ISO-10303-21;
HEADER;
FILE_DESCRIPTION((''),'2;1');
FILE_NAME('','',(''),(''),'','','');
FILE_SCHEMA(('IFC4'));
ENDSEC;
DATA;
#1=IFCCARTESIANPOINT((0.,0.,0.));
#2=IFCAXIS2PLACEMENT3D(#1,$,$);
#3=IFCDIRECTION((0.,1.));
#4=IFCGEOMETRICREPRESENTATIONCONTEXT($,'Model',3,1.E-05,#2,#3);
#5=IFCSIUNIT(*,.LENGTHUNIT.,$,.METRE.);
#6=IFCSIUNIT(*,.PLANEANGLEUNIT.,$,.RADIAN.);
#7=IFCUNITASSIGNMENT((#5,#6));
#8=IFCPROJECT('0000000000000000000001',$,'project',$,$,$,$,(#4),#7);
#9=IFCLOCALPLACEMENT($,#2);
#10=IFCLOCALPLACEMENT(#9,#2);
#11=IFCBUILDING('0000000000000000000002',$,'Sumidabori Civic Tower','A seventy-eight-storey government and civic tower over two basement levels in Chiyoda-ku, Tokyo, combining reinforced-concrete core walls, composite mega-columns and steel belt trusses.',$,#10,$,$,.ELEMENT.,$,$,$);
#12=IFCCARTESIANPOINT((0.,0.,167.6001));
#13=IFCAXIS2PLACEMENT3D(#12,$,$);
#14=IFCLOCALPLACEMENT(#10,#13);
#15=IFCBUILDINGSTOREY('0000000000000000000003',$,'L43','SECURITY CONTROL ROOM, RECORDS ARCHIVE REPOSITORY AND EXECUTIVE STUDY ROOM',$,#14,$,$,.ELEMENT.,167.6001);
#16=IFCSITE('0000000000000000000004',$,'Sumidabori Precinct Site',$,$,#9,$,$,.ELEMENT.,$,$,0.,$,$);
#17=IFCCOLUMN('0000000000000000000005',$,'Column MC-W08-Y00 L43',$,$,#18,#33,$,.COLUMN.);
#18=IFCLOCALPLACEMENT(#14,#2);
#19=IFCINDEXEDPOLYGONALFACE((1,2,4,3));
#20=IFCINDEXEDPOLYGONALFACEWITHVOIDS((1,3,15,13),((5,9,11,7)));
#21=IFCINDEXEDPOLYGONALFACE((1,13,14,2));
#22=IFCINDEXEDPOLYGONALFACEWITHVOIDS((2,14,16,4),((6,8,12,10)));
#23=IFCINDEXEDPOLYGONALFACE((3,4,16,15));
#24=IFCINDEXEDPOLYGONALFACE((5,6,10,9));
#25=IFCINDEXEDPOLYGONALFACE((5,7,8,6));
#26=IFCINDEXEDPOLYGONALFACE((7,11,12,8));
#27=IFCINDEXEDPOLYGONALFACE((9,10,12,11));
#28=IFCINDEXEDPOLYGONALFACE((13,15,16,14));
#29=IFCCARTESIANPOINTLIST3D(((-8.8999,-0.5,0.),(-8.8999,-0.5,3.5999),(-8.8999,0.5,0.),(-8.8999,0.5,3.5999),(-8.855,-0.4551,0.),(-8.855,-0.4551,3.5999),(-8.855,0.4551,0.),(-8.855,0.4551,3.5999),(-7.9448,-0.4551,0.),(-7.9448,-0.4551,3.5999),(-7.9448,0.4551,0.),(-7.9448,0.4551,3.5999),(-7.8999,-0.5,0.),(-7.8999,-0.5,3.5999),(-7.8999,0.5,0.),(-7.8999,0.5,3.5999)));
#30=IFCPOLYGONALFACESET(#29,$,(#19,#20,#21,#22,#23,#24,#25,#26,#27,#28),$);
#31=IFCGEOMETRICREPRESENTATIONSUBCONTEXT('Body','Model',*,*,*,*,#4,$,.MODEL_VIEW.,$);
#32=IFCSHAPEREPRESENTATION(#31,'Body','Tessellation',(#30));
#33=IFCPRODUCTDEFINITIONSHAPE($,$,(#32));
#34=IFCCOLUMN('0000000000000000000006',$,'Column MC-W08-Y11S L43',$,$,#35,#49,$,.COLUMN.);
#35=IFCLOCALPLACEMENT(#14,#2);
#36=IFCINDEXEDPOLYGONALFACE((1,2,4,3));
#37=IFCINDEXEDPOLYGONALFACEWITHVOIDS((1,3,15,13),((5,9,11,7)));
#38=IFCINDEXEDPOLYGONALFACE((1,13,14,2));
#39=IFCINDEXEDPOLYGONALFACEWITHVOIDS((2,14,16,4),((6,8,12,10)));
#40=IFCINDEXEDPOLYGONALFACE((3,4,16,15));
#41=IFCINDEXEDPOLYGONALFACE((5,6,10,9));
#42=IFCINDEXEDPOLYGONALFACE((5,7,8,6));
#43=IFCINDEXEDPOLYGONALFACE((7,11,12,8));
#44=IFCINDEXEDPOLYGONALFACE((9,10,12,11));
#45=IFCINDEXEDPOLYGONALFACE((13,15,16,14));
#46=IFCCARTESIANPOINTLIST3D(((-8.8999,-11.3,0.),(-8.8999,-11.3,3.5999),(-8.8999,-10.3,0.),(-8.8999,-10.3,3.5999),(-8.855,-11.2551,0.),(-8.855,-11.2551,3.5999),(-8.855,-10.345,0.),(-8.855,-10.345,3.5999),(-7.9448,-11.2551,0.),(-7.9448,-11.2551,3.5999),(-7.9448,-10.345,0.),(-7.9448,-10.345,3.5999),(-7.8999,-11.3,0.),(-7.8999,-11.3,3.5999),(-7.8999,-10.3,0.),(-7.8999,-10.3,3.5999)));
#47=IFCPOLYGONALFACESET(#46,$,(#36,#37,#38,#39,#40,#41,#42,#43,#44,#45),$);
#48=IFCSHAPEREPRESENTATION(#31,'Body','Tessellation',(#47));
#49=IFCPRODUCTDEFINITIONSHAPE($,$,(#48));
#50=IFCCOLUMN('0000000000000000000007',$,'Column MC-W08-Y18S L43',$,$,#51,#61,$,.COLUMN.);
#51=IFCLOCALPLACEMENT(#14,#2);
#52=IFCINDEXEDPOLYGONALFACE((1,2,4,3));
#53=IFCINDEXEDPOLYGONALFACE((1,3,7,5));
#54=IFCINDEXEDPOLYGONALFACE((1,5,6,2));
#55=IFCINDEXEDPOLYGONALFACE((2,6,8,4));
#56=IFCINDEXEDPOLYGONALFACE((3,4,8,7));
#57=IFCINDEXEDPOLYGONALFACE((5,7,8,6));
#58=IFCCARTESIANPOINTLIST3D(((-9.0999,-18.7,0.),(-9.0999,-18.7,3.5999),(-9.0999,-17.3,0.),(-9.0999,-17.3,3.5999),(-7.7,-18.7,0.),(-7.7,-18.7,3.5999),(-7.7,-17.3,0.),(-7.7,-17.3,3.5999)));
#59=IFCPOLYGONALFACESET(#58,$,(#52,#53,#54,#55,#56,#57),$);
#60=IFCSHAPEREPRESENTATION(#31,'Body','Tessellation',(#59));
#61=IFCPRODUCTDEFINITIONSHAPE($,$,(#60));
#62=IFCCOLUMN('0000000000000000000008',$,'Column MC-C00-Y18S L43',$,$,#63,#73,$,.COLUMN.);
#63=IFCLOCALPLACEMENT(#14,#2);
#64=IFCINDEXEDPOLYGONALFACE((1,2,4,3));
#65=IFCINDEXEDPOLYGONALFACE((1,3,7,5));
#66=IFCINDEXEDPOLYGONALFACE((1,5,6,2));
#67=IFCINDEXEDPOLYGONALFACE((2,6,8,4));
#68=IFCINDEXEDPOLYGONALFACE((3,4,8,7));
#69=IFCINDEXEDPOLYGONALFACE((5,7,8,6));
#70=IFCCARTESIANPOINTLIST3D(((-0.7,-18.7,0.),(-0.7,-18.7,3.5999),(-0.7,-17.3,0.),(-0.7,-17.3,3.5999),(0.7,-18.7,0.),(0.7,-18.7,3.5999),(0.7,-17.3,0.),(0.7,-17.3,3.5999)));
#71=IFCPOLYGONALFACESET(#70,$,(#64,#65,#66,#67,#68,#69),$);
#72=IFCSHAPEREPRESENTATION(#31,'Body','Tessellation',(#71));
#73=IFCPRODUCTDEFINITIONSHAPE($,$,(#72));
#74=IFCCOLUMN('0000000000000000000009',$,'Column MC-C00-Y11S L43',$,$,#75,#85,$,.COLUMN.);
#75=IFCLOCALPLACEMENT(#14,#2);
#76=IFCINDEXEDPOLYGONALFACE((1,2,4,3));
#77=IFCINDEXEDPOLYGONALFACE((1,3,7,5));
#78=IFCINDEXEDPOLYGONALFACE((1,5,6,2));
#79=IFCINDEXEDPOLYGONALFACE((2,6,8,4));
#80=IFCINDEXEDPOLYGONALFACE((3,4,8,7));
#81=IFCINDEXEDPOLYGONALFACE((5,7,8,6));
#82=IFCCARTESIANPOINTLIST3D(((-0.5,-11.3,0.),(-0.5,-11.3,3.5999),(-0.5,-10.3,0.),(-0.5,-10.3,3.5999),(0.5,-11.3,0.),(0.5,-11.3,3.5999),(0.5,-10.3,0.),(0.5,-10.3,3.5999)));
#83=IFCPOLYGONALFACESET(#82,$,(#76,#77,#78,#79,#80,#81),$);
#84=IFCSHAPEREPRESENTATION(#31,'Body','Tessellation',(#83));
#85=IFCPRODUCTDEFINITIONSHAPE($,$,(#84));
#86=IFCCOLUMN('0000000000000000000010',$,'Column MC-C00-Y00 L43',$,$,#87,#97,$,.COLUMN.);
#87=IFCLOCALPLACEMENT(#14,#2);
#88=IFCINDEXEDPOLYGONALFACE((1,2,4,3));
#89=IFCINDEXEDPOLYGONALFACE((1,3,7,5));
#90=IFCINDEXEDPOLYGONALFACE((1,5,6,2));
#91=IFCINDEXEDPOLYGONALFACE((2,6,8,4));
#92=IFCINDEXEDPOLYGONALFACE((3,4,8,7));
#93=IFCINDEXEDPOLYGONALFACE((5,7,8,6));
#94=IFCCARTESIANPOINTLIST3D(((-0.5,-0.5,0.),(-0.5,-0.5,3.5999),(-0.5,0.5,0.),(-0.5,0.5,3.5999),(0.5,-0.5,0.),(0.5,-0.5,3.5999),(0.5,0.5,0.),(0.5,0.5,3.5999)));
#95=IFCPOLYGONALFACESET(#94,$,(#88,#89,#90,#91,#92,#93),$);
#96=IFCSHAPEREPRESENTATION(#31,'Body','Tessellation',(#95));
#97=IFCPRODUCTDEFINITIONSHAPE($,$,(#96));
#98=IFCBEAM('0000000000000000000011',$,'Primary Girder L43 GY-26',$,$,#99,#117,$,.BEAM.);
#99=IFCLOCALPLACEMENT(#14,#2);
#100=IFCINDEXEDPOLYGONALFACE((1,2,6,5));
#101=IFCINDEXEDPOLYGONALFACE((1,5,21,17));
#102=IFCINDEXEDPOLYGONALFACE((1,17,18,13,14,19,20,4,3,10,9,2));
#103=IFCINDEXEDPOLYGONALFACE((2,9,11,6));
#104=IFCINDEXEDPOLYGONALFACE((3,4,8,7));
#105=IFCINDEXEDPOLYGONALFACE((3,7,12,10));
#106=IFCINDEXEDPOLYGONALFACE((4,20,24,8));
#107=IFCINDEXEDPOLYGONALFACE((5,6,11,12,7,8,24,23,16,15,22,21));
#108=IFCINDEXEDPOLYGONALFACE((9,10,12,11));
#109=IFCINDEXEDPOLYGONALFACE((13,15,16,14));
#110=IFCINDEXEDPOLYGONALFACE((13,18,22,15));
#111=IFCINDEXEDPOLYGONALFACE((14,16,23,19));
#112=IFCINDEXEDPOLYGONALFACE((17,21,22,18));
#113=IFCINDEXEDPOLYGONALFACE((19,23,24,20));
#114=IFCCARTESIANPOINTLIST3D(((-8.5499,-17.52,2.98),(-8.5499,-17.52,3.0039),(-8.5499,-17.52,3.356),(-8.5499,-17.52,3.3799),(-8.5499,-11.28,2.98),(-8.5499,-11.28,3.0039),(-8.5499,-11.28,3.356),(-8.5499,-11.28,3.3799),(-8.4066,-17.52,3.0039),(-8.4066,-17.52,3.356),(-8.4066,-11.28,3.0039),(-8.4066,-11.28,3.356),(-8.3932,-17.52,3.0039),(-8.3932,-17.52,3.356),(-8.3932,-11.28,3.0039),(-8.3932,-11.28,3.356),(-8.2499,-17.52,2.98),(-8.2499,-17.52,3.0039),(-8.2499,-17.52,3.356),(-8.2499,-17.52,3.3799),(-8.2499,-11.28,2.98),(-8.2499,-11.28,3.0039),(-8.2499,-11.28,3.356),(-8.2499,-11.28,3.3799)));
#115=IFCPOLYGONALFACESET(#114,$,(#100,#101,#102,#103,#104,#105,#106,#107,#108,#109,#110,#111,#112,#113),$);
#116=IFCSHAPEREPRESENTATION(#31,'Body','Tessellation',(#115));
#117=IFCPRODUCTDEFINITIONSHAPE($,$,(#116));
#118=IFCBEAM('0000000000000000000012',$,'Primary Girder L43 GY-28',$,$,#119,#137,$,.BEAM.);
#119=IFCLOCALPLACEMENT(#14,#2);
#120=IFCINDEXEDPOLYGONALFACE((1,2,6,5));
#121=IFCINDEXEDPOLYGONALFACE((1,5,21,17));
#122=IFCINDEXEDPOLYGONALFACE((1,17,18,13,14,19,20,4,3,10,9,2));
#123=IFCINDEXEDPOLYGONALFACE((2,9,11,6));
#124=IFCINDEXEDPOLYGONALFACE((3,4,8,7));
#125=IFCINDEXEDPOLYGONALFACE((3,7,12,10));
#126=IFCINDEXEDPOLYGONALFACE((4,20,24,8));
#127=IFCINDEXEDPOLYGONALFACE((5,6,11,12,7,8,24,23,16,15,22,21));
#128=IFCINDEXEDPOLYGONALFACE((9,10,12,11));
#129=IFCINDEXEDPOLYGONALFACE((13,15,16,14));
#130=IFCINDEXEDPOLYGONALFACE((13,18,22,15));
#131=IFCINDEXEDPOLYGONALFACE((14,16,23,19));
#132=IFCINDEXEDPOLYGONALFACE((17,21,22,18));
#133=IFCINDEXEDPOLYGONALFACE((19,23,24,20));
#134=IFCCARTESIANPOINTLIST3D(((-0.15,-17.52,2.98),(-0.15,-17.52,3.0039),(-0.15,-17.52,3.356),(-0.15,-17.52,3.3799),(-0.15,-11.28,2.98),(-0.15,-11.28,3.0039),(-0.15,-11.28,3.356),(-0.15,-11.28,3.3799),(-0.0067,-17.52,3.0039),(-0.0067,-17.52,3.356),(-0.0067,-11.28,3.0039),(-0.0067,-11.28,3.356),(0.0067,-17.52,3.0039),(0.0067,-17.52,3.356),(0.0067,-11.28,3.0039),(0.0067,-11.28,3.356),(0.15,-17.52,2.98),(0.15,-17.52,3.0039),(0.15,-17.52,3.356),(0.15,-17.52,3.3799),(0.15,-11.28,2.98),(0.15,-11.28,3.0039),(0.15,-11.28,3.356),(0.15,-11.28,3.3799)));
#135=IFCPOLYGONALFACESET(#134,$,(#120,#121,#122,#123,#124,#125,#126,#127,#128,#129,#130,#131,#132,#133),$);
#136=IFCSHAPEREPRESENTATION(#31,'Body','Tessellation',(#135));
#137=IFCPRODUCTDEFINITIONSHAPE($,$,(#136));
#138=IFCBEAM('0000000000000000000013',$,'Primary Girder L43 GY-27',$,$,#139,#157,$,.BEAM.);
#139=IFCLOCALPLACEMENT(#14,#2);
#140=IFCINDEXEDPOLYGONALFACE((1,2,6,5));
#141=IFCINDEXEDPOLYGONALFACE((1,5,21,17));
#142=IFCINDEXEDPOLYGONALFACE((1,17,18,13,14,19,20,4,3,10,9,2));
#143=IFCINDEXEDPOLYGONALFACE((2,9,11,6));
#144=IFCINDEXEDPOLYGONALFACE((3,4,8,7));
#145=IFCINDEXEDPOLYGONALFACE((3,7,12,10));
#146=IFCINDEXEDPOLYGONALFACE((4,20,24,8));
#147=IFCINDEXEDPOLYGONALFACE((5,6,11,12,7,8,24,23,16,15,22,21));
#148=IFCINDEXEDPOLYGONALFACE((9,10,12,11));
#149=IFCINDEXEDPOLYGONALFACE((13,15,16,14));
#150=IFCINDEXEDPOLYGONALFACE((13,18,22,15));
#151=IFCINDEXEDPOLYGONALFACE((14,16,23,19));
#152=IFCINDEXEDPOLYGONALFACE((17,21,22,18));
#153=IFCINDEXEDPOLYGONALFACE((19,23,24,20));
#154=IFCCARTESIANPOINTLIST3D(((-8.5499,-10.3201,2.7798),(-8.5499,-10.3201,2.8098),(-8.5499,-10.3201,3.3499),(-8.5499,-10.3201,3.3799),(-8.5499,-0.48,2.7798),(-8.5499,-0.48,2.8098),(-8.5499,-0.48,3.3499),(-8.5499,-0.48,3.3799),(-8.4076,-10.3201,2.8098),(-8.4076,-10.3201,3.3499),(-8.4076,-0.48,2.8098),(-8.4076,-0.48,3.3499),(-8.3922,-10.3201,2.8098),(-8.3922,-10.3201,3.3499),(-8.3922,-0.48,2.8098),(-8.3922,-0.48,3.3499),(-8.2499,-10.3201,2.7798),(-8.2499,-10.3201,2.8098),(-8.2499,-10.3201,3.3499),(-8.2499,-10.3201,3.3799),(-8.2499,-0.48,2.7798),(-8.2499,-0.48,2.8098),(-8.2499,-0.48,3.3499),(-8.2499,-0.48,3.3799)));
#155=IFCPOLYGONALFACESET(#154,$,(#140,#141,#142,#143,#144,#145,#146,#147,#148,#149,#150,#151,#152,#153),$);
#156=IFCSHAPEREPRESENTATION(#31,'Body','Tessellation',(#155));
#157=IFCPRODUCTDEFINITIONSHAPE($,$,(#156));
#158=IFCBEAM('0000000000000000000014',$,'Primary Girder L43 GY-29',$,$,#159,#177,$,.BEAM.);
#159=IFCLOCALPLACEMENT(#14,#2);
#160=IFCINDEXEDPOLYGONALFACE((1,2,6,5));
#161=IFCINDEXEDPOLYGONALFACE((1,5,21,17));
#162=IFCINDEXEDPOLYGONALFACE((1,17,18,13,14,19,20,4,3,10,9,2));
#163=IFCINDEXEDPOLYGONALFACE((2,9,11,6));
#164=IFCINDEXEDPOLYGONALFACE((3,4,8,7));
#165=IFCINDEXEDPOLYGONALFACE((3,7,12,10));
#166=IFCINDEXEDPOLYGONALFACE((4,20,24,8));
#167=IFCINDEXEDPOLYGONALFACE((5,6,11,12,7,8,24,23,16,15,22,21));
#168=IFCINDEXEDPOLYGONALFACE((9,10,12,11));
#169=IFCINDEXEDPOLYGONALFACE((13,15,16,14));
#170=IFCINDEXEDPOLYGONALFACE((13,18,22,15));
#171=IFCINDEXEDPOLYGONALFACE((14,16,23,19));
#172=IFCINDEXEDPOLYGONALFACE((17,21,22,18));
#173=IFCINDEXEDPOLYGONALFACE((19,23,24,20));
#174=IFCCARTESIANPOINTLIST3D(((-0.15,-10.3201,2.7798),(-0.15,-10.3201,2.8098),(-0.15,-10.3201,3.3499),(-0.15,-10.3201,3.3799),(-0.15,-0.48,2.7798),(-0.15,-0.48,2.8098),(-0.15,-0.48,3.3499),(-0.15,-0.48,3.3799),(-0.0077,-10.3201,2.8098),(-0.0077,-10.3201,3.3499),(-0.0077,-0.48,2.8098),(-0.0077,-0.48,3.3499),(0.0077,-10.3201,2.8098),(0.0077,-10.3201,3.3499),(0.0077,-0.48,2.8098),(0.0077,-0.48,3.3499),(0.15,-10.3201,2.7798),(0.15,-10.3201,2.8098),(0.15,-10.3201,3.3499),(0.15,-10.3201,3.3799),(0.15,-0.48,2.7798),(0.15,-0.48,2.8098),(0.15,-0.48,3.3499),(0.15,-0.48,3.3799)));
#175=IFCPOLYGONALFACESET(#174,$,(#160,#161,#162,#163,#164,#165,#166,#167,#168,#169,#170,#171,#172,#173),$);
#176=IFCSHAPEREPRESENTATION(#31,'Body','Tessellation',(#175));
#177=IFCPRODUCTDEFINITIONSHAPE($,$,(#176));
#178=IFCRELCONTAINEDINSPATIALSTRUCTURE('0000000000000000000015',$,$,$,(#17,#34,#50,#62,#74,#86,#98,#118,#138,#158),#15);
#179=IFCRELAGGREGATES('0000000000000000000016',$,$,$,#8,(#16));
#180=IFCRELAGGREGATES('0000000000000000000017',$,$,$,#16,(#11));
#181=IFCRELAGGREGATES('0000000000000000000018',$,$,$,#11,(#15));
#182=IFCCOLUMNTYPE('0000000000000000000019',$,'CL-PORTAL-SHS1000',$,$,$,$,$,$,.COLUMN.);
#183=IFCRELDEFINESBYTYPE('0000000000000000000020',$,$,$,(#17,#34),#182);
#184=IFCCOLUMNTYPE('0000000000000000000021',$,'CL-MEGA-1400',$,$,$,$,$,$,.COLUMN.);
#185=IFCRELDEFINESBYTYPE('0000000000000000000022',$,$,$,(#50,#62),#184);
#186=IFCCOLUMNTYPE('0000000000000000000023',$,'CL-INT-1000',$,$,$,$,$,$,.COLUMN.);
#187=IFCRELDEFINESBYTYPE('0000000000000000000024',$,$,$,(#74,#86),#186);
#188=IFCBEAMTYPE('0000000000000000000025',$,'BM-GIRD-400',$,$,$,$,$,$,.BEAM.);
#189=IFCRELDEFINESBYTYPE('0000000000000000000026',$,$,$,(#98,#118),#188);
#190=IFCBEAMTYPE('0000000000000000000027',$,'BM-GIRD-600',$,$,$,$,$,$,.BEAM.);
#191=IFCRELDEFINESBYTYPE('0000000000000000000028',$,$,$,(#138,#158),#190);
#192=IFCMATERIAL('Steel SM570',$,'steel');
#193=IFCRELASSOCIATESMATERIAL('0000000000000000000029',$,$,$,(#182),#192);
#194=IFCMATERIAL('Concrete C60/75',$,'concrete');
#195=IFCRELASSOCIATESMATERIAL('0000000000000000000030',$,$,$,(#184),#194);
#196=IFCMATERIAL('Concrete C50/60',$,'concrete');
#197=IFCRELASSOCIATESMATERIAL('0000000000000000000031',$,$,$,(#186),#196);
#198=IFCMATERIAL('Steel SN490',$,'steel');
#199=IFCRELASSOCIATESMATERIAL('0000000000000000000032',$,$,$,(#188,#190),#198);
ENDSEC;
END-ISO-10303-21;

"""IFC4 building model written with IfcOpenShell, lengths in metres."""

from ifc_helpers import new_model, si_unit, direction, frame, origin, origin_2d, place, context, subcontext, project, spatial, rectangle, hollow_rectangle, i_section, extrude, source, transform, mapped, material, material_profile, profile_set, type_object, element, save


model = new_model("IFC4")

# Units and contexts
model_context = context("Model", 3, precision=1e-05, world=origin(), true_north=direction((0.0, 1.0)))
body_context = subcontext(model_context, "Body", "Model", "MODEL_VIEW")
ifc_project = project(units=[si_unit("LENGTHUNIT", "METRE"), si_unit("PLANEANGLEUNIT", "RADIAN")], contexts=[model_context])

# Site, building, storey
site_placement = place(None, origin())
site = spatial("IfcSite", under=ifc_project, at=site_placement, Name="Sumidabori Precinct Site", CompositionType="ELEMENT", RefElevation=0.0)
building_placement = place(site_placement, origin())
building = spatial("IfcBuilding", under=site, at=building_placement, Name="Sumidabori Civic Tower", Description="A seventy-eight-storey government and civic tower over two basement levels in Chiyoda-ku, Tokyo, combining reinforced-concrete core walls, composite mega-columns and steel belt trusses.", CompositionType="ELEMENT")
storey_placement = place(building_placement, frame((0.0, 0.0, 167.6001)))
storey = spatial("IfcBuildingStorey", under=building, at=storey_placement, Name="L43", Description="SECURITY CONTROL ROOM, RECORDS ARCHIVE REPOSITORY AND EXECUTIVE STUDY ROOM", CompositionType="ELEMENT", Elevation=167.6001)

# Columns
ifc_material_1 = material(Name="Steel SM570", Category="steel")
ifc_material_profile_1 = material_profile(ifc_material_1, hollow_rectangle(XDim=1.0, YDim=1.0, WallThickness=0.0449, at=origin_2d()), Name="SHS 1000x1000x45")
ifc_profile_set_1 = profile_set([ifc_material_profile_1], Name="Steel SM570")
column_type_1 = type_object("IfcColumnType", Name="CL-PORTAL-SHS1000", PredefinedType="COLUMN", material=ifc_profile_set_1)
shared_shape_1 = source(origin(), body_context, "Body", "SweptSolid", [
    extrude(hollow_rectangle(XDim=1.0, YDim=1.0, WallThickness=0.0449, at=origin_2d()), origin(), (0.0, 0.0, 1.0), 3.5999),
])
for number, where, z_axis, x_axis, name in (
    (1, (-8.3999, 0.0, 0.0), (0.0, 0.0, 1.0), (1.0, 0.0, 0.0), "Column MC-W08-Y00 L43"),
    (2, (-8.3999, -10.8, 0.0), (0.0, 0.0, 1.0), (1.0, 0.0, 0.0), "Column MC-W08-Y11S L43"),
):
    element("IfcColumn", number, at=place(storey_placement, frame(where, z_axis=z_axis, x_axis=x_axis)), inside=storey, type_object=column_type_1, Name=name, PredefinedType="COLUMN", context=body_context, shape_type="MappedRepresentation", body=[
        mapped(shared_shape_1, transform((0.0, 0.0, 0.0), x_axis=(1.0, 0.0, 0.0), y_axis=(0.0, 1.0, 0.0), z_axis=(0.0, 0.0, 1.0), scale=1.0)),
    ])
ifc_material_2 = material(Name="Concrete C60/75", Category="concrete")
ifc_material_profile_2 = material_profile(ifc_material_2, rectangle(XDim=1.3999, YDim=1.3999, at=origin_2d()), Name="RC 1400x1400")
ifc_profile_set_2 = profile_set([ifc_material_profile_2], Name="Concrete C60/75")
column_type_2 = type_object("IfcColumnType", Name="CL-MEGA-1400", PredefinedType="COLUMN", material=ifc_profile_set_2)
shared_shape_2 = source(origin(), body_context, "Body", "SweptSolid", [
    extrude(rectangle(XDim=1.3999, YDim=1.3999, at=origin_2d()), origin(), (0.0, 0.0, 1.0), 3.5999),
])
for number, where, z_axis, x_axis, name in (
    (3, (-8.3999, -18.0, 0.0), (0.0, 0.0, 1.0), (1.0, 0.0, 0.0), "Column MC-W08-Y18S L43"),
    (4, (0.0, -18.0, 0.0), (0.0, 0.0, 1.0), (1.0, 0.0, 0.0), "Column MC-C00-Y18S L43"),
):
    element("IfcColumn", number, at=place(storey_placement, frame(where, z_axis=z_axis, x_axis=x_axis)), inside=storey, type_object=column_type_2, Name=name, PredefinedType="COLUMN", context=body_context, shape_type="MappedRepresentation", body=[
        mapped(shared_shape_2, transform((0.0, 0.0, 0.0), x_axis=(1.0, 0.0, 0.0), y_axis=(0.0, 1.0, 0.0), z_axis=(0.0, 0.0, 1.0), scale=1.0)),
    ])
ifc_material_3 = material(Name="Concrete C50/60", Category="concrete")
ifc_material_profile_3 = material_profile(ifc_material_3, rectangle(XDim=1.0, YDim=1.0, at=origin_2d()), Name="RC 1000x1000")
ifc_profile_set_3 = profile_set([ifc_material_profile_3], Name="Concrete C50/60")
column_type_3 = type_object("IfcColumnType", Name="CL-INT-1000", PredefinedType="COLUMN", material=ifc_profile_set_3)
shared_shape_3 = source(origin(), body_context, "Body", "SweptSolid", [
    extrude(rectangle(XDim=1.0, YDim=1.0, at=origin_2d()), origin(), (0.0, 0.0, 1.0), 3.5999),
])
for number, where, z_axis, x_axis, name in (
    (5, (0.0, -10.8, 0.0), (0.0, 0.0, 1.0), (1.0, 0.0, 0.0), "Column MC-C00-Y11S L43"),
    (6, (0.0, 0.0, 0.0), (0.0, 0.0, 1.0), (1.0, 0.0, 0.0), "Column MC-C00-Y00 L43"),
):
    element("IfcColumn", number, at=place(storey_placement, frame(where, z_axis=z_axis, x_axis=x_axis)), inside=storey, type_object=column_type_3, Name=name, PredefinedType="COLUMN", context=body_context, shape_type="MappedRepresentation", body=[
        mapped(shared_shape_3, transform((0.0, 0.0, 0.0), x_axis=(1.0, 0.0, 0.0), y_axis=(0.0, 1.0, 0.0), z_axis=(0.0, 0.0, 1.0), scale=1.0)),
    ])

# Beams
ifc_material_4 = material(Name="Steel SN490", Category="steel")
ifc_material_profile_4 = material_profile(ifc_material_4, i_section(OverallWidth=0.3, OverallDepth=0.3999, WebThickness=0.0134, FlangeThickness=0.0239, at=origin_2d()), Name="HE 400 B")
ifc_profile_set_4 = profile_set([ifc_material_profile_4], Name="Steel SN490")
beam_type_1 = type_object("IfcBeamType", Name="BM-GIRD-400", PredefinedType="BEAM", material=ifc_profile_set_4)
shared_shape_4 = source(origin(), body_context, "Body", "SweptSolid", [
    extrude(i_section(OverallWidth=0.3, OverallDepth=0.3999, WebThickness=0.0134, FlangeThickness=0.0239, at=origin_2d()), origin(), (0.0, 0.0, 1.0), 6.24),
])
for number, where, z_axis, x_axis, name in (
    (7, (-8.3999, -17.52, 3.1799), (0.0, 1.0, 0.0), (-1.0, 0.0, 0.0), "Primary Girder L43 GY-26"),
    (8, (0.0, -17.52, 3.1799), (0.0, 1.0, 0.0), (-1.0, 0.0, 0.0), "Primary Girder L43 GY-28"),
):
    element("IfcBeam", number, at=place(storey_placement, frame(where, z_axis=z_axis, x_axis=x_axis)), inside=storey, type_object=beam_type_1, Name=name, PredefinedType="BEAM", context=body_context, shape_type="MappedRepresentation", body=[
        mapped(shared_shape_4, transform((0.0, 0.0, 0.0), x_axis=(1.0, 0.0, 0.0), y_axis=(0.0, 1.0, 0.0), z_axis=(0.0, 0.0, 1.0), scale=1.0)),
    ])
ifc_material_profile_5 = material_profile(ifc_material_4, i_section(OverallWidth=0.3, OverallDepth=0.6001, WebThickness=0.0154, FlangeThickness=0.03, at=origin_2d()), Name="HE 600 B")
ifc_profile_set_5 = profile_set([ifc_material_profile_5], Name="Steel SN490")
beam_type_2 = type_object("IfcBeamType", Name="BM-GIRD-600", PredefinedType="BEAM", material=ifc_profile_set_5)
shared_shape_5 = source(origin(), body_context, "Body", "SweptSolid", [
    extrude(i_section(OverallWidth=0.3, OverallDepth=0.6001, WebThickness=0.0154, FlangeThickness=0.03, at=origin_2d()), origin(), (0.0, 0.0, 1.0), 9.8401),
])
for number, where, z_axis, x_axis, name in (
    (9, (-8.3999, -10.3201, 3.0798), (0.0, 1.0, 0.0), (-1.0, 0.0, 0.0), "Primary Girder L43 GY-27"),
    (10, (0.0, -10.3201, 3.0798), (0.0, 1.0, 0.0), (-1.0, 0.0, 0.0), "Primary Girder L43 GY-29"),
):
    element("IfcBeam", number, at=place(storey_placement, frame(where, z_axis=z_axis, x_axis=x_axis)), inside=storey, type_object=beam_type_2, Name=name, PredefinedType="BEAM", context=body_context, shape_type="MappedRepresentation", body=[
        mapped(shared_shape_5, transform((0.0, 0.0, 0.0), x_axis=(1.0, 0.0, 0.0), y_axis=(0.0, 1.0, 0.0), z_axis=(0.0, 0.0, 1.0), scale=1.0)),
    ])

save(model, "model.ifc")
